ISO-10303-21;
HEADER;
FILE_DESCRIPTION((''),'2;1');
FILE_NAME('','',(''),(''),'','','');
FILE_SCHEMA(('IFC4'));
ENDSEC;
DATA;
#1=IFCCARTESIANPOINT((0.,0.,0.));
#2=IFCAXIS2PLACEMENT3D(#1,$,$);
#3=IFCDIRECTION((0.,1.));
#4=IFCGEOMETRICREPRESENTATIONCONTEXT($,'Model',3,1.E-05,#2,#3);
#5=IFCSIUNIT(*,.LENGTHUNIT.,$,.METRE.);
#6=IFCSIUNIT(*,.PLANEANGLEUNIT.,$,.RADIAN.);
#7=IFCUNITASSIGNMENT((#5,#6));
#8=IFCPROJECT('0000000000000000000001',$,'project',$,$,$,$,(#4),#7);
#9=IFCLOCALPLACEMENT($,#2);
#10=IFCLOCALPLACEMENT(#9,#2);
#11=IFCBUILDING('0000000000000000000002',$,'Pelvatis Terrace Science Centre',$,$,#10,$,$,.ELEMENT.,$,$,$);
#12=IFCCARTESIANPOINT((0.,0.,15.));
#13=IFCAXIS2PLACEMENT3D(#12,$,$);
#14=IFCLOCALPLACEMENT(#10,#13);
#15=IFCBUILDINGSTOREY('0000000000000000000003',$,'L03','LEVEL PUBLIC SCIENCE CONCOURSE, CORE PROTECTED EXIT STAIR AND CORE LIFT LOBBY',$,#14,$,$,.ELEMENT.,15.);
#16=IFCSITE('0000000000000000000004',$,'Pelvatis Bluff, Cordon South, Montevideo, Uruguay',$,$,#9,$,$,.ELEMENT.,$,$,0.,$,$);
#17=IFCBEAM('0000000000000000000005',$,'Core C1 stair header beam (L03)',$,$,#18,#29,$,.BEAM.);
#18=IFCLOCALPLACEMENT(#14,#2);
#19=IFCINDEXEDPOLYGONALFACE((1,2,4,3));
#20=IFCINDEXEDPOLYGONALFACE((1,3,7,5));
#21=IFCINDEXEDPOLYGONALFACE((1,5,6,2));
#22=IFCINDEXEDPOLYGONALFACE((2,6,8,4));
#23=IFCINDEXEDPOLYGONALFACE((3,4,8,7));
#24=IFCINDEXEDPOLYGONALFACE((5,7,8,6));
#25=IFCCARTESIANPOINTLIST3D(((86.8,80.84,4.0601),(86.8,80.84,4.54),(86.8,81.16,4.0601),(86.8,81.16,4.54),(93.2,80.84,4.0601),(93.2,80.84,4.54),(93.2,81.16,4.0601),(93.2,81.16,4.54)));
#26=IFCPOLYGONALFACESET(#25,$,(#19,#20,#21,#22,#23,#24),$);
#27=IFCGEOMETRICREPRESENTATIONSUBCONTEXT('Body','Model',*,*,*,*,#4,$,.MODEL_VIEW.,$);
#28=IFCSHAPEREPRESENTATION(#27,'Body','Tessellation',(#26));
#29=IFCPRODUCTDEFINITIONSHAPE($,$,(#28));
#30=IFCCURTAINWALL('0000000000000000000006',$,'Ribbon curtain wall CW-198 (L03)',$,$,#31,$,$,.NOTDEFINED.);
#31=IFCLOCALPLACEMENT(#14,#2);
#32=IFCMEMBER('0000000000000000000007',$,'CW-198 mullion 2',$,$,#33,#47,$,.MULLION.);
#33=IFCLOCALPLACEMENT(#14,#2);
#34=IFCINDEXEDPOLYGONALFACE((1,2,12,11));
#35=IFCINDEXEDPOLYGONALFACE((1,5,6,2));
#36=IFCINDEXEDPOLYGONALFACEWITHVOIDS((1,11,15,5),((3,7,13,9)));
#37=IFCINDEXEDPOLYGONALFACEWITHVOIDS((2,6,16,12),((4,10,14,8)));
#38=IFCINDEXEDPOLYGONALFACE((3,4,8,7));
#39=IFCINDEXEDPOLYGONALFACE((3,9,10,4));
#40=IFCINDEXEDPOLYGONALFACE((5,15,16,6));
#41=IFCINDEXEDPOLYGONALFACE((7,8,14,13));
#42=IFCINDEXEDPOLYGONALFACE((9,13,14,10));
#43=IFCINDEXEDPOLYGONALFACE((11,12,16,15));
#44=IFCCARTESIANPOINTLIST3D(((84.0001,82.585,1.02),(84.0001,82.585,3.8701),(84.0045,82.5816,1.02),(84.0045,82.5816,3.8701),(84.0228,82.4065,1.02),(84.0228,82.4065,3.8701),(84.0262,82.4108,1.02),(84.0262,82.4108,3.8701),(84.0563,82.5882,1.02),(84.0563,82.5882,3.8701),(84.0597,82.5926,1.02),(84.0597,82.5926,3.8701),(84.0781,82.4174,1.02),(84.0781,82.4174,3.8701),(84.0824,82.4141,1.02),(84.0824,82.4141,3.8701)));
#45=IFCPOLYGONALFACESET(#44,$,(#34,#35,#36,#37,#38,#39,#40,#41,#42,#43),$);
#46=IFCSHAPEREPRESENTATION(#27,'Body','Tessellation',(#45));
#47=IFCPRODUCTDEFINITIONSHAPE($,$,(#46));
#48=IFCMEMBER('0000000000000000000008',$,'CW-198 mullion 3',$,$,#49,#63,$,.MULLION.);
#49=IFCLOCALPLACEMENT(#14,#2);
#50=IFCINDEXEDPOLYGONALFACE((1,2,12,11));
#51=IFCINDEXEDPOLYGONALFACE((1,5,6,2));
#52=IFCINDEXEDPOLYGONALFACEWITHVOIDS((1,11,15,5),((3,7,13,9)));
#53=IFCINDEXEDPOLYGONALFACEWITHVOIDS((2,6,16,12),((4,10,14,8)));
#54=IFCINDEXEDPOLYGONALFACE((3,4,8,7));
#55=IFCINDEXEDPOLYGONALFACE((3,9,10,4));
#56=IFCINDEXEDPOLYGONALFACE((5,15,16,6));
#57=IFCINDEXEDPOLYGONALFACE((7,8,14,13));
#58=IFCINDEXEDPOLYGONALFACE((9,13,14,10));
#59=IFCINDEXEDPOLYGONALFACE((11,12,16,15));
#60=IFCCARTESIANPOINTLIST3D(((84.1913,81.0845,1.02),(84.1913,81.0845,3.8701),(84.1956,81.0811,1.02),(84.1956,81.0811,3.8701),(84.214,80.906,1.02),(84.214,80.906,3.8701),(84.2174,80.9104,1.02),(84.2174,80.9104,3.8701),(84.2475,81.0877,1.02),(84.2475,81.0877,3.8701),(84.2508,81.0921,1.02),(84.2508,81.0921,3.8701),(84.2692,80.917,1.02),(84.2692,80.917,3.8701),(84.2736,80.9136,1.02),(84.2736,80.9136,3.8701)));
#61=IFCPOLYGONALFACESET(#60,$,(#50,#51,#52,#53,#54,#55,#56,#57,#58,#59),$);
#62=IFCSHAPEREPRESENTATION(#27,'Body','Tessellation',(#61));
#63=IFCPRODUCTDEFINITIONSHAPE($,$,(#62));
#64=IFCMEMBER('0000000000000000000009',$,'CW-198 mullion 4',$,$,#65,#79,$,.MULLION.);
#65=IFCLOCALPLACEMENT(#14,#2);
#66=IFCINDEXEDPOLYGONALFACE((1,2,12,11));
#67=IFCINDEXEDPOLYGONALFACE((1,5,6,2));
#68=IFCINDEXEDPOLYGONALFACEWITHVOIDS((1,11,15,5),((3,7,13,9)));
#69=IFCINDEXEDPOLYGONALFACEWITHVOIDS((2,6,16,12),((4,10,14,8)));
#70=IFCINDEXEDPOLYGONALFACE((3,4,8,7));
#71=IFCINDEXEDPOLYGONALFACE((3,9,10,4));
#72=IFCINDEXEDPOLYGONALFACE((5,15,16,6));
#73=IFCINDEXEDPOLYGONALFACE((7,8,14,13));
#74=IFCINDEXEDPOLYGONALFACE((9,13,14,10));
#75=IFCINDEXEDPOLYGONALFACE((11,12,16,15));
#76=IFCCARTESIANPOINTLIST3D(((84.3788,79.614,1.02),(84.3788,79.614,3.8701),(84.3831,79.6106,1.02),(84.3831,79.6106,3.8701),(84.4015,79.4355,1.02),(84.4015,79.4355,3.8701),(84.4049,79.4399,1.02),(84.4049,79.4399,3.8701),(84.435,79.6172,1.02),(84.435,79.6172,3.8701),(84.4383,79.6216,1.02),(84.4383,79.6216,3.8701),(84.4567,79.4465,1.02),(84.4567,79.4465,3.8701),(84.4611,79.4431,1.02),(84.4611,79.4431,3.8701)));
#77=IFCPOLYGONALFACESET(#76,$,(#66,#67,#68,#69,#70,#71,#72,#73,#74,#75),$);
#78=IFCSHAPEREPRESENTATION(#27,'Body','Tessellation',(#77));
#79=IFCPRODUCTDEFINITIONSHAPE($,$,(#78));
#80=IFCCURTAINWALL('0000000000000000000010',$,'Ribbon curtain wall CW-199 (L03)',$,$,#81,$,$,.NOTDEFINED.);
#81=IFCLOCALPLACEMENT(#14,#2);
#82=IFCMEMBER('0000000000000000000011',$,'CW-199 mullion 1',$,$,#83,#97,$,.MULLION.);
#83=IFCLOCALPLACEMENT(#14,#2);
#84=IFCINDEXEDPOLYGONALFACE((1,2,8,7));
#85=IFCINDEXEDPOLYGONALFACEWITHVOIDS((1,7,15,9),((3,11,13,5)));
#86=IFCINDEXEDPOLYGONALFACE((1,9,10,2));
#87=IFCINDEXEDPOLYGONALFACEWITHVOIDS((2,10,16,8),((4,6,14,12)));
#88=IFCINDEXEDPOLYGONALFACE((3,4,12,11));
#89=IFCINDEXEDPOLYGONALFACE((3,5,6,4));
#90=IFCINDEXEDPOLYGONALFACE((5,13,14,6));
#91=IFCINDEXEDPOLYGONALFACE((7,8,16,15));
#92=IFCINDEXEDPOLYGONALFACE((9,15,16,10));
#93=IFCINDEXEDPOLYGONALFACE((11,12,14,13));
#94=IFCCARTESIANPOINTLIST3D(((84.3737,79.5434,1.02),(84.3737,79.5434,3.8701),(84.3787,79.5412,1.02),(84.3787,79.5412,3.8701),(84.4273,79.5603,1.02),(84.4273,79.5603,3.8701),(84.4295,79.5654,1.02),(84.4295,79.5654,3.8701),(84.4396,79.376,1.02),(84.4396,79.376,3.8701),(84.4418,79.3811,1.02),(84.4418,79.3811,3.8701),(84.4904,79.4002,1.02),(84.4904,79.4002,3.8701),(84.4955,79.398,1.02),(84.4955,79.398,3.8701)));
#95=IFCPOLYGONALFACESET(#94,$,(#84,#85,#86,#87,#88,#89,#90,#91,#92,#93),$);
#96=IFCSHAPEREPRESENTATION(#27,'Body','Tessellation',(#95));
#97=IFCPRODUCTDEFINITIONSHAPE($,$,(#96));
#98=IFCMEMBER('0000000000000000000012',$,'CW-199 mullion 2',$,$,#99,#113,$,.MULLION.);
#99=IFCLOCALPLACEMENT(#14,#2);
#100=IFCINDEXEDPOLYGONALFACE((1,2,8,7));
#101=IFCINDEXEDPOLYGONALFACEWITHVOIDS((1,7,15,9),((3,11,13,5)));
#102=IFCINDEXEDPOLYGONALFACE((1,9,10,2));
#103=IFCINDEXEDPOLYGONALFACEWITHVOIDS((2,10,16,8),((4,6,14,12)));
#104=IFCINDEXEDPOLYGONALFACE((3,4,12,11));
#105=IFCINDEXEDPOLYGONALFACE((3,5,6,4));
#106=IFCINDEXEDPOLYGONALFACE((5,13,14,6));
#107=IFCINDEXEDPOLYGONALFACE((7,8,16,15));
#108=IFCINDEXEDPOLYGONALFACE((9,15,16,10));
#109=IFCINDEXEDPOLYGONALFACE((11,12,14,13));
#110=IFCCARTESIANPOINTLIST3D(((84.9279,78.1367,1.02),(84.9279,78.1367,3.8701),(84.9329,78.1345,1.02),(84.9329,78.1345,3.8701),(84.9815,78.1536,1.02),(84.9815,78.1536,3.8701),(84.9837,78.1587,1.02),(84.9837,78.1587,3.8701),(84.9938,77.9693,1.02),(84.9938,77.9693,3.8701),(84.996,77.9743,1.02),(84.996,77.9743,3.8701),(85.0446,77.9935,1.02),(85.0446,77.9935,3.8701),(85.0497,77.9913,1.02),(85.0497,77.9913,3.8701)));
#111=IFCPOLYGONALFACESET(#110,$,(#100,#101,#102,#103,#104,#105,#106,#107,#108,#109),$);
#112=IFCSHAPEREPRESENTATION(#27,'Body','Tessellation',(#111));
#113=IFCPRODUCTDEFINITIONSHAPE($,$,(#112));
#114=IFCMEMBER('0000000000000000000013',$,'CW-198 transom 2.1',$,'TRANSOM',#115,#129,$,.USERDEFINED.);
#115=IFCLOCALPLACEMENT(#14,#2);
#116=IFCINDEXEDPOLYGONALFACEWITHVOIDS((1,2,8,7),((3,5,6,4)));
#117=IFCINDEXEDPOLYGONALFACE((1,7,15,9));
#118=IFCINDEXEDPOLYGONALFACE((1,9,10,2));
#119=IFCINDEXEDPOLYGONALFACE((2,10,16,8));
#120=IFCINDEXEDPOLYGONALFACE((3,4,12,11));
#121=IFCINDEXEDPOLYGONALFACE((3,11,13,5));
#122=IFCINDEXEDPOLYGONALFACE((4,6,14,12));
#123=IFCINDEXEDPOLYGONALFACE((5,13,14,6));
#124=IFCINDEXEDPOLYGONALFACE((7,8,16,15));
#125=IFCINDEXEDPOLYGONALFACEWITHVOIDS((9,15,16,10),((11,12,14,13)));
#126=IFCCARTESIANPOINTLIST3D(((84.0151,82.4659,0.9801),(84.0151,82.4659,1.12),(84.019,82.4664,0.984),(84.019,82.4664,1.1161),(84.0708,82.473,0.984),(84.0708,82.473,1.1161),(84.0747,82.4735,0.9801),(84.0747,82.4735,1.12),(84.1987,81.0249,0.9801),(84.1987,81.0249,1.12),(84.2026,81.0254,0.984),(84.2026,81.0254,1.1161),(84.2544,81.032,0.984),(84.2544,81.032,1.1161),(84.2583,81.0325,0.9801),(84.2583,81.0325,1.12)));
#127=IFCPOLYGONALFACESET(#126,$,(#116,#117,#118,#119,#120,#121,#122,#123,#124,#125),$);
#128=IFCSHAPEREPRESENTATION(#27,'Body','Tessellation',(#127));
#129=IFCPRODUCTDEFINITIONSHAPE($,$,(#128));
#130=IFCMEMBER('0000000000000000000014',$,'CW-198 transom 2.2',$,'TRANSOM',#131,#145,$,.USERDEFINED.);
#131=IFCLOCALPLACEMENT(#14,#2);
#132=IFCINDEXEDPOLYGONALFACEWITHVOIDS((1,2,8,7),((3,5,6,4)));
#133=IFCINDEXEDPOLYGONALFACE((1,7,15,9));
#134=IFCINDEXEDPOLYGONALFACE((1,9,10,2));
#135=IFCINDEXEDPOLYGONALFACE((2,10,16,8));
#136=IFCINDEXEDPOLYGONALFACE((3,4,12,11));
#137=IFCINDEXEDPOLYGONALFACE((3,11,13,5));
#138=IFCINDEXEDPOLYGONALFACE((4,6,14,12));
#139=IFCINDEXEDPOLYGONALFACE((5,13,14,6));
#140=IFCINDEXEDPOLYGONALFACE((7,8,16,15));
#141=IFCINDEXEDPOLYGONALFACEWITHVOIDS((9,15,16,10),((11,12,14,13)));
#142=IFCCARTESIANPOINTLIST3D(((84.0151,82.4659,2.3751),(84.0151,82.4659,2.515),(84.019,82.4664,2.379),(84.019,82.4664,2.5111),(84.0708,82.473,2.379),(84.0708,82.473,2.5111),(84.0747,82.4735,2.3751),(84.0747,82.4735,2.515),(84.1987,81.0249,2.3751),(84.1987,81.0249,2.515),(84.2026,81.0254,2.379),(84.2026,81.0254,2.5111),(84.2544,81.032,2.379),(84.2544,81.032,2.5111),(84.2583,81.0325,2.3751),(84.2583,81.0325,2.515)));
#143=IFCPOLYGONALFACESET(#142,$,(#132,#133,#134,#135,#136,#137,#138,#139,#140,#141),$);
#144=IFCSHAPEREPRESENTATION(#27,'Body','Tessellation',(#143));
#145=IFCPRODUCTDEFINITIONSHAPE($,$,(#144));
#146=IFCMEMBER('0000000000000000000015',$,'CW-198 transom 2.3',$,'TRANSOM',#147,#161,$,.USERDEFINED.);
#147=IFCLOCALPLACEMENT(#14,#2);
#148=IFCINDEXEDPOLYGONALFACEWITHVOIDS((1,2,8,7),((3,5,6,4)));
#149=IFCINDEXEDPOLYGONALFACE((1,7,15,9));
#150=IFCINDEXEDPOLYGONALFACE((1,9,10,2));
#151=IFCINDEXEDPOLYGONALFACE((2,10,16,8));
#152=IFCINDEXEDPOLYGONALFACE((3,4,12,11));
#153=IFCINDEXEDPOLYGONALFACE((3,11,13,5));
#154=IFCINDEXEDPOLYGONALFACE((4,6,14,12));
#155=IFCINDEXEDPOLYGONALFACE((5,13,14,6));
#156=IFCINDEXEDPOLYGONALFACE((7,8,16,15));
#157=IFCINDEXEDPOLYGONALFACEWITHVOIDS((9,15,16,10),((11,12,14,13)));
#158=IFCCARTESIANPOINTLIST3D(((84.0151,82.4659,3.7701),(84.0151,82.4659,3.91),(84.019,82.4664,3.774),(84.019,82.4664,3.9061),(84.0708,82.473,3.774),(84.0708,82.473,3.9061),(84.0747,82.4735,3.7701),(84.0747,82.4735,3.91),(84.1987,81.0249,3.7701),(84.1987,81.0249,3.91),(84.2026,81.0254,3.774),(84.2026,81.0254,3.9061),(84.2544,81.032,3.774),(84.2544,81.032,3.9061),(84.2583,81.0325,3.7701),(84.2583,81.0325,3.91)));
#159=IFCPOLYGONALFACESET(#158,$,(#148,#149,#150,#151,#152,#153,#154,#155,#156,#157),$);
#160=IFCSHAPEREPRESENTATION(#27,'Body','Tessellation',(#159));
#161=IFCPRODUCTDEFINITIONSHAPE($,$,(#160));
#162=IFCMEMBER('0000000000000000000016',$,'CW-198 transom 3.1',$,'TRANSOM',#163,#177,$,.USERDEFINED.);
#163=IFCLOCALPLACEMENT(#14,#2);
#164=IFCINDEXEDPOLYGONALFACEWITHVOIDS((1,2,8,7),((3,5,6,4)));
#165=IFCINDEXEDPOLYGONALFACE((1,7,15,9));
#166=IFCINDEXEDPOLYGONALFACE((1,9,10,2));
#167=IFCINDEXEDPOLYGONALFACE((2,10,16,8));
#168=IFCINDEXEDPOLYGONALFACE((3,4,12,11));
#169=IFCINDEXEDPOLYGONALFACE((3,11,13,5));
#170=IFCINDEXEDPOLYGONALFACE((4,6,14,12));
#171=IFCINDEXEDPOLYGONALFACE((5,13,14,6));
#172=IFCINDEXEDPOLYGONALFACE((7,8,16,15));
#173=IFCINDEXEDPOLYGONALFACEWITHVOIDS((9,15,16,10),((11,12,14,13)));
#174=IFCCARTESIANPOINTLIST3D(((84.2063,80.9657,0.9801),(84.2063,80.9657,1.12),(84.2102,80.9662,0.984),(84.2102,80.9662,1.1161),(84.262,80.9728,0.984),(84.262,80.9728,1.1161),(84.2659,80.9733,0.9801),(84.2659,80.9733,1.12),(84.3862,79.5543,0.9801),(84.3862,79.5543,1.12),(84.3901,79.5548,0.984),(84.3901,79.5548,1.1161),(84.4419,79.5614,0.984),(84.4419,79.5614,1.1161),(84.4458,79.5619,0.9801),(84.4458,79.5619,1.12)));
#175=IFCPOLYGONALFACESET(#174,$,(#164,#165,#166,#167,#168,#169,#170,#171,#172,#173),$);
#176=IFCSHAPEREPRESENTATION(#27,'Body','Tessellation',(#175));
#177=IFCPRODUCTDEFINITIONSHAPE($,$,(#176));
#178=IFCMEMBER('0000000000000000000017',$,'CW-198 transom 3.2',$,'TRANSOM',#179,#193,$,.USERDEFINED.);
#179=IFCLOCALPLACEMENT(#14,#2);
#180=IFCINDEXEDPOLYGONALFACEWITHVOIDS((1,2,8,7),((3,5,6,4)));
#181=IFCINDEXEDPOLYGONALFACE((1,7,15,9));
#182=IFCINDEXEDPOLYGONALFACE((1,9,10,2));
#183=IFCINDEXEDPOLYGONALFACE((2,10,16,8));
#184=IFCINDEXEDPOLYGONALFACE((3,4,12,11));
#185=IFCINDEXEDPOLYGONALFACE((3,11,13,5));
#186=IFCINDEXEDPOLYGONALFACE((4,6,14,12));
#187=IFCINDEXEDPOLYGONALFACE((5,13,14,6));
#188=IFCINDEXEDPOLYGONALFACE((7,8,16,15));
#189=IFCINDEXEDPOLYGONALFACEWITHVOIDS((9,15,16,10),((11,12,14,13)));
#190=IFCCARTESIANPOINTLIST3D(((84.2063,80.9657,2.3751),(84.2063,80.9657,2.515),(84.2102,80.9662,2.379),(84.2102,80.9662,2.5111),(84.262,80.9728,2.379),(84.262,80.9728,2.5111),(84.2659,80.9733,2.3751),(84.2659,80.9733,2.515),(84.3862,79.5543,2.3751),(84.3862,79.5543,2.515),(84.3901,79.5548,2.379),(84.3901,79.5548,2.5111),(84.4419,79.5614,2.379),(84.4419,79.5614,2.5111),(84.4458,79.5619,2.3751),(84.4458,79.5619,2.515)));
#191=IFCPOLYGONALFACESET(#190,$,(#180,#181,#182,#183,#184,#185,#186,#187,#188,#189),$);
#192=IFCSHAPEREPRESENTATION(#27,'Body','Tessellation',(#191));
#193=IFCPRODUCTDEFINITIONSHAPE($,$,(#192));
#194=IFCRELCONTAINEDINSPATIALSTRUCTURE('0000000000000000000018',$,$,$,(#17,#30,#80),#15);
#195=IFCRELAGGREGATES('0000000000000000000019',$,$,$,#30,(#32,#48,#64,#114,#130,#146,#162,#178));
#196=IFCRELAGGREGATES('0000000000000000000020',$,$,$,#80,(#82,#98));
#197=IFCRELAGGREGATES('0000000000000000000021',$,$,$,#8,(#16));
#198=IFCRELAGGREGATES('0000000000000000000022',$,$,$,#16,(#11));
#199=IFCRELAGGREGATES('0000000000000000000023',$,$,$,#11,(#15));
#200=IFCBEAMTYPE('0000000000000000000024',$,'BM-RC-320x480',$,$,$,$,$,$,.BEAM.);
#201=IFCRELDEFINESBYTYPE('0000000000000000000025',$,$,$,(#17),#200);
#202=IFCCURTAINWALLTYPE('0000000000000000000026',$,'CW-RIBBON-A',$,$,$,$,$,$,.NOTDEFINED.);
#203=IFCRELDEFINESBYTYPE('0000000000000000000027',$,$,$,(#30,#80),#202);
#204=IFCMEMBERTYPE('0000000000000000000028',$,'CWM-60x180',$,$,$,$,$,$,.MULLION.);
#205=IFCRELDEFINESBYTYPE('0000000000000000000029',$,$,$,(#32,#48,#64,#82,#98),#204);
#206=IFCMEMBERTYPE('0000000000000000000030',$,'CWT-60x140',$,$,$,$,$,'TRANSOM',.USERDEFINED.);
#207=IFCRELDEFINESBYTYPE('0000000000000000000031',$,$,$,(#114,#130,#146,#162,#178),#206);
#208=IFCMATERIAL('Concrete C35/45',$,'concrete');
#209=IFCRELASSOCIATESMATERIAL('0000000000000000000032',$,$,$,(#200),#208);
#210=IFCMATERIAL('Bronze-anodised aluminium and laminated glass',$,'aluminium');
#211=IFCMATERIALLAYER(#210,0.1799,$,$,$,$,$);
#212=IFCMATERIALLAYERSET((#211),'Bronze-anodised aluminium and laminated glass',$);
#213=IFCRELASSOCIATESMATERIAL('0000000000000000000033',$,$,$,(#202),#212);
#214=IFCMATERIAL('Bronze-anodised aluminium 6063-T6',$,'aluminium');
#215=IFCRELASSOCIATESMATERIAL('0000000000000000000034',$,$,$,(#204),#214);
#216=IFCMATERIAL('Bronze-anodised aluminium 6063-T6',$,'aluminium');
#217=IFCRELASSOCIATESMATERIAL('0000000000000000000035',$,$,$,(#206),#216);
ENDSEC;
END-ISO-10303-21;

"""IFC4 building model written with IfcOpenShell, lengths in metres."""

from ifc_helpers import new_model, si_unit, direction, frame, origin, origin_2d, place, context, subcontext, project, spatial, rectangle, hollow_rectangle, extrude, material, layer, layer_set, material_profile, profile_set, type_object, element, aggregate, save


model = new_model("IFC4")

# Units and contexts
model_context = context("Model", 3, precision=1e-05, world=origin(), true_north=direction((0.0, 1.0)))
body_context = subcontext(model_context, "Body", "Model", "MODEL_VIEW")
ifc_project = project(units=[si_unit("LENGTHUNIT", "METRE"), si_unit("PLANEANGLEUNIT", "RADIAN")], contexts=[model_context])

# Site, building, storey
site_placement = place(None, origin())
site = spatial("IfcSite", under=ifc_project, at=site_placement, Name="Pelvatis Bluff, Cordon South, Montevideo, Uruguay", CompositionType="ELEMENT", RefElevation=0.0)
building_placement = place(site_placement, origin())
building = spatial("IfcBuilding", under=site, at=building_placement, Name="Pelvatis Terrace Science Centre", CompositionType="ELEMENT")
storey_placement = place(building_placement, frame((0.0, 0.0, 15.0)))
storey = spatial("IfcBuildingStorey", under=building, at=storey_placement, Name="L03", Description="LEVEL PUBLIC SCIENCE CONCOURSE, CORE PROTECTED EXIT STAIR AND CORE LIFT LOBBY", CompositionType="ELEMENT", Elevation=15.0)

# Beam
ifc_material_1 = material(Name="Concrete C35/45", Category="concrete")
ifc_material_profile_1 = material_profile(ifc_material_1, rectangle(XDim=0.3201, YDim=0.48, at=origin_2d()), Name="RC-BM 320x480")
ifc_profile_set_1 = profile_set([ifc_material_profile_1], Name="Concrete C35/45")
beam_type = type_object("IfcBeamType", Name="BM-RC-320x480", PredefinedType="BEAM", material=ifc_profile_set_1)
beam_placement = place(storey_placement, frame((86.8, 81.0, 4.3), z_axis=(1.0, 0.0, 0.0), x_axis=(0.0, 1.0, 0.0)))
element("IfcBeam", 1, at=beam_placement, inside=storey, type_object=beam_type, Name="Core C1 stair header beam (L03)", PredefinedType="BEAM", context=body_context, shape_type="SweptSolid", body=[
    extrude(rectangle(XDim=0.3201, YDim=0.48, at=origin_2d()), origin(), (0.0, 0.0, 1.0), 6.3999),
])

# Curtain walls, members
ifc_material_2 = material(Name="Bronze-anodised aluminium and laminated glass", Category="aluminium")
ifc_layer_1 = layer(ifc_material_2, 0.1799)
ifc_layer_set_1 = layer_set([ifc_layer_1], Name="Bronze-anodised aluminium and laminated glass")
curtain_wall_type = type_object("IfcCurtainWallType", Name="CW-RIBBON-A", PredefinedType="NOTDEFINED", material=ifc_layer_set_1)
curtain_wall_1_placement = place(storey_placement, origin())
curtain_wall_1 = element("IfcCurtainWall", 2, at=curtain_wall_1_placement, inside=storey, type_object=curtain_wall_type, Name="Ribbon curtain wall CW-198 (L03)", PredefinedType="NOTDEFINED")
ifc_material_3 = material(Name="Bronze-anodised aluminium 6063-T6", Category="aluminium")
ifc_material_profile_2 = material_profile(ifc_material_3, hollow_rectangle(XDim=0.0601, YDim=0.1799, WallThickness=0.0039, at=origin_2d()), Name="ALU-MUL 60x180")
ifc_profile_set_2 = profile_set([ifc_material_profile_2], Name="Bronze-anodised aluminium 6063-T6")
member_type_1 = type_object("IfcMemberType", Name="CWM-60x180", PredefinedType="MULLION", material=ifc_profile_set_2)
member_1_placement = place(storey_placement, frame((84.0413, 82.4995, 1.02), z_axis=(0.0, 0.0, 1.0), x_axis=(0.991978, 0.126408, 0.0)))
member_1 = element("IfcMember", 3, at=member_1_placement, type_object=member_type_1, Name="CW-198 mullion 2", PredefinedType="MULLION", context=body_context, shape_type="SweptSolid", body=[
    extrude(hollow_rectangle(XDim=0.0601, YDim=0.1799, WallThickness=0.0039, at=origin_2d()), origin(), (0.0, 0.0, 1.0), 2.8501),
])
member_2_placement = place(storey_placement, frame((84.2324, 80.999, 1.02), z_axis=(0.0, 0.0, 1.0), x_axis=(0.991978, 0.126408, 0.0)))
member_2 = element("IfcMember", 4, at=member_2_placement, type_object=member_type_1, Name="CW-198 mullion 3", PredefinedType="MULLION", context=body_context, shape_type="SweptSolid", body=[
    extrude(hollow_rectangle(XDim=0.0601, YDim=0.1799, WallThickness=0.0039, at=origin_2d()), origin(), (0.0, 0.0, 1.0), 2.8501),
])
member_3_placement = place(storey_placement, frame((84.4199, 79.5286, 1.02), z_axis=(0.0, 0.0, 1.0), x_axis=(0.991978, 0.126408, 0.0)))
member_3 = element("IfcMember", 5, at=member_3_placement, type_object=member_type_1, Name="CW-198 mullion 4", PredefinedType="MULLION", context=body_context, shape_type="SweptSolid", body=[
    extrude(hollow_rectangle(XDim=0.0601, YDim=0.1799, WallThickness=0.0039, at=origin_2d()), origin(), (0.0, 0.0, 1.0), 2.8501),
])
curtain_wall_2_placement = place(storey_placement, origin())
curtain_wall_2 = element("IfcCurtainWall", 6, at=curtain_wall_2_placement, inside=storey, type_object=curtain_wall_type, Name="Ribbon curtain wall CW-199 (L03)", PredefinedType="NOTDEFINED")
member_4_placement = place(storey_placement, frame((84.4346, 79.4707, 1.02), z_axis=(0.0, 0.0, 1.0), x_axis=(0.930402, 0.366541, 0.0)))
member_4 = element("IfcMember", 7, at=member_4_placement, type_object=member_type_1, Name="CW-199 mullion 1", PredefinedType="MULLION", context=body_context, shape_type="SweptSolid", body=[
    extrude(hollow_rectangle(XDim=0.0601, YDim=0.1799, WallThickness=0.0039, at=origin_2d()), origin(), (0.0, 0.0, 1.0), 2.8501),
])
member_5_placement = place(storey_placement, frame((84.9888, 78.064, 1.02), z_axis=(0.0, 0.0, 1.0), x_axis=(0.930402, 0.366541, 0.0)))
member_5 = element("IfcMember", 8, at=member_5_placement, type_object=member_type_1, Name="CW-199 mullion 2", PredefinedType="MULLION", context=body_context, shape_type="SweptSolid", body=[
    extrude(hollow_rectangle(XDim=0.0601, YDim=0.1799, WallThickness=0.0039, at=origin_2d()), origin(), (0.0, 0.0, 1.0), 2.8501),
])

# Members
ifc_material_4 = material(Name="Bronze-anodised aluminium 6063-T6", Category="aluminium")
ifc_material_profile_3 = material_profile(ifc_material_4, hollow_rectangle(XDim=0.0601, YDim=0.1399, WallThickness=0.0039, at=origin_2d()), Name="ALU-TRN 60x140")
ifc_profile_set_3 = profile_set([ifc_material_profile_3], Name="Bronze-anodised aluminium 6063-T6")
member_type_2 = type_object("IfcMemberType", Name="CWT-60x140", ElementType="TRANSOM", PredefinedType="USERDEFINED", material=ifc_profile_set_3)
member_6_placement = place(storey_placement, frame((84.0449, 82.4697, 1.05), z_axis=(0.126393, -0.99198, 0.0), x_axis=(0.99198, 0.126393, 0.0)))
member_6 = element("IfcMember", 9, at=member_6_placement, type_object=member_type_2, Name="CW-198 transom 2.1", ObjectType="TRANSOM", PredefinedType="USERDEFINED", context=body_context, shape_type="SweptSolid", body=[
    extrude(hollow_rectangle(XDim=0.0601, YDim=0.1399, WallThickness=0.0039, at=origin_2d()), origin(), (0.0, 0.0, 1.0), 1.4526),
])
member_7_placement = place(storey_placement, frame((84.0449, 82.4697, 2.4451), z_axis=(0.126393, -0.99198, 0.0), x_axis=(0.99198, 0.126393, 0.0)))
member_7 = element("IfcMember", 10, at=member_7_placement, type_object=member_type_2, Name="CW-198 transom 2.2", ObjectType="TRANSOM", PredefinedType="USERDEFINED", context=body_context, shape_type="SweptSolid", body=[
    extrude(hollow_rectangle(XDim=0.0601, YDim=0.1399, WallThickness=0.0039, at=origin_2d()), origin(), (0.0, 0.0, 1.0), 1.4526),
])
member_8_placement = place(storey_placement, frame((84.0449, 82.4697, 3.8401), z_axis=(0.126393, -0.99198, 0.0), x_axis=(0.99198, 0.126393, 0.0)))
member_8 = element("IfcMember", 11, at=member_8_placement, type_object=member_type_2, Name="CW-198 transom 2.3", ObjectType="TRANSOM", PredefinedType="USERDEFINED", context=body_context, shape_type="SweptSolid", body=[
    extrude(hollow_rectangle(XDim=0.0601, YDim=0.1399, WallThickness=0.0039, at=origin_2d()), origin(), (0.0, 0.0, 1.0), 1.4526),
])
member_9_placement = place(storey_placement, frame((84.2361, 80.9695, 1.05), z_axis=(0.126463, -0.991971, 0.0), x_axis=(0.991971, 0.126463, 0.0)))
member_9 = element("IfcMember", 12, at=member_9_placement, type_object=member_type_2, Name="CW-198 transom 3.1", ObjectType="TRANSOM", PredefinedType="USERDEFINED", context=body_context, shape_type="SweptSolid", body=[
    extrude(hollow_rectangle(XDim=0.0601, YDim=0.1399, WallThickness=0.0039, at=origin_2d()), origin(), (0.0, 0.0, 1.0), 1.4229),
])
member_10_placement = place(storey_placement, frame((84.2361, 80.9695, 2.4451), z_axis=(0.126463, -0.991971, 0.0), x_axis=(0.991971, 0.126463, 0.0)))
member_10 = element("IfcMember", 13, at=member_10_placement, type_object=member_type_2, Name="CW-198 transom 3.2", ObjectType="TRANSOM", PredefinedType="USERDEFINED", context=body_context, shape_type="SweptSolid", body=[
    extrude(hollow_rectangle(XDim=0.0601, YDim=0.1399, WallThickness=0.0039, at=origin_2d()), origin(), (0.0, 0.0, 1.0), 1.4229),
])

aggregate(curtain_wall_1, [member_1, member_2, member_3, member_6, member_7, member_8, member_9, member_10])
aggregate(curtain_wall_2, [member_4, member_5])

save(model, "model.ifc")
